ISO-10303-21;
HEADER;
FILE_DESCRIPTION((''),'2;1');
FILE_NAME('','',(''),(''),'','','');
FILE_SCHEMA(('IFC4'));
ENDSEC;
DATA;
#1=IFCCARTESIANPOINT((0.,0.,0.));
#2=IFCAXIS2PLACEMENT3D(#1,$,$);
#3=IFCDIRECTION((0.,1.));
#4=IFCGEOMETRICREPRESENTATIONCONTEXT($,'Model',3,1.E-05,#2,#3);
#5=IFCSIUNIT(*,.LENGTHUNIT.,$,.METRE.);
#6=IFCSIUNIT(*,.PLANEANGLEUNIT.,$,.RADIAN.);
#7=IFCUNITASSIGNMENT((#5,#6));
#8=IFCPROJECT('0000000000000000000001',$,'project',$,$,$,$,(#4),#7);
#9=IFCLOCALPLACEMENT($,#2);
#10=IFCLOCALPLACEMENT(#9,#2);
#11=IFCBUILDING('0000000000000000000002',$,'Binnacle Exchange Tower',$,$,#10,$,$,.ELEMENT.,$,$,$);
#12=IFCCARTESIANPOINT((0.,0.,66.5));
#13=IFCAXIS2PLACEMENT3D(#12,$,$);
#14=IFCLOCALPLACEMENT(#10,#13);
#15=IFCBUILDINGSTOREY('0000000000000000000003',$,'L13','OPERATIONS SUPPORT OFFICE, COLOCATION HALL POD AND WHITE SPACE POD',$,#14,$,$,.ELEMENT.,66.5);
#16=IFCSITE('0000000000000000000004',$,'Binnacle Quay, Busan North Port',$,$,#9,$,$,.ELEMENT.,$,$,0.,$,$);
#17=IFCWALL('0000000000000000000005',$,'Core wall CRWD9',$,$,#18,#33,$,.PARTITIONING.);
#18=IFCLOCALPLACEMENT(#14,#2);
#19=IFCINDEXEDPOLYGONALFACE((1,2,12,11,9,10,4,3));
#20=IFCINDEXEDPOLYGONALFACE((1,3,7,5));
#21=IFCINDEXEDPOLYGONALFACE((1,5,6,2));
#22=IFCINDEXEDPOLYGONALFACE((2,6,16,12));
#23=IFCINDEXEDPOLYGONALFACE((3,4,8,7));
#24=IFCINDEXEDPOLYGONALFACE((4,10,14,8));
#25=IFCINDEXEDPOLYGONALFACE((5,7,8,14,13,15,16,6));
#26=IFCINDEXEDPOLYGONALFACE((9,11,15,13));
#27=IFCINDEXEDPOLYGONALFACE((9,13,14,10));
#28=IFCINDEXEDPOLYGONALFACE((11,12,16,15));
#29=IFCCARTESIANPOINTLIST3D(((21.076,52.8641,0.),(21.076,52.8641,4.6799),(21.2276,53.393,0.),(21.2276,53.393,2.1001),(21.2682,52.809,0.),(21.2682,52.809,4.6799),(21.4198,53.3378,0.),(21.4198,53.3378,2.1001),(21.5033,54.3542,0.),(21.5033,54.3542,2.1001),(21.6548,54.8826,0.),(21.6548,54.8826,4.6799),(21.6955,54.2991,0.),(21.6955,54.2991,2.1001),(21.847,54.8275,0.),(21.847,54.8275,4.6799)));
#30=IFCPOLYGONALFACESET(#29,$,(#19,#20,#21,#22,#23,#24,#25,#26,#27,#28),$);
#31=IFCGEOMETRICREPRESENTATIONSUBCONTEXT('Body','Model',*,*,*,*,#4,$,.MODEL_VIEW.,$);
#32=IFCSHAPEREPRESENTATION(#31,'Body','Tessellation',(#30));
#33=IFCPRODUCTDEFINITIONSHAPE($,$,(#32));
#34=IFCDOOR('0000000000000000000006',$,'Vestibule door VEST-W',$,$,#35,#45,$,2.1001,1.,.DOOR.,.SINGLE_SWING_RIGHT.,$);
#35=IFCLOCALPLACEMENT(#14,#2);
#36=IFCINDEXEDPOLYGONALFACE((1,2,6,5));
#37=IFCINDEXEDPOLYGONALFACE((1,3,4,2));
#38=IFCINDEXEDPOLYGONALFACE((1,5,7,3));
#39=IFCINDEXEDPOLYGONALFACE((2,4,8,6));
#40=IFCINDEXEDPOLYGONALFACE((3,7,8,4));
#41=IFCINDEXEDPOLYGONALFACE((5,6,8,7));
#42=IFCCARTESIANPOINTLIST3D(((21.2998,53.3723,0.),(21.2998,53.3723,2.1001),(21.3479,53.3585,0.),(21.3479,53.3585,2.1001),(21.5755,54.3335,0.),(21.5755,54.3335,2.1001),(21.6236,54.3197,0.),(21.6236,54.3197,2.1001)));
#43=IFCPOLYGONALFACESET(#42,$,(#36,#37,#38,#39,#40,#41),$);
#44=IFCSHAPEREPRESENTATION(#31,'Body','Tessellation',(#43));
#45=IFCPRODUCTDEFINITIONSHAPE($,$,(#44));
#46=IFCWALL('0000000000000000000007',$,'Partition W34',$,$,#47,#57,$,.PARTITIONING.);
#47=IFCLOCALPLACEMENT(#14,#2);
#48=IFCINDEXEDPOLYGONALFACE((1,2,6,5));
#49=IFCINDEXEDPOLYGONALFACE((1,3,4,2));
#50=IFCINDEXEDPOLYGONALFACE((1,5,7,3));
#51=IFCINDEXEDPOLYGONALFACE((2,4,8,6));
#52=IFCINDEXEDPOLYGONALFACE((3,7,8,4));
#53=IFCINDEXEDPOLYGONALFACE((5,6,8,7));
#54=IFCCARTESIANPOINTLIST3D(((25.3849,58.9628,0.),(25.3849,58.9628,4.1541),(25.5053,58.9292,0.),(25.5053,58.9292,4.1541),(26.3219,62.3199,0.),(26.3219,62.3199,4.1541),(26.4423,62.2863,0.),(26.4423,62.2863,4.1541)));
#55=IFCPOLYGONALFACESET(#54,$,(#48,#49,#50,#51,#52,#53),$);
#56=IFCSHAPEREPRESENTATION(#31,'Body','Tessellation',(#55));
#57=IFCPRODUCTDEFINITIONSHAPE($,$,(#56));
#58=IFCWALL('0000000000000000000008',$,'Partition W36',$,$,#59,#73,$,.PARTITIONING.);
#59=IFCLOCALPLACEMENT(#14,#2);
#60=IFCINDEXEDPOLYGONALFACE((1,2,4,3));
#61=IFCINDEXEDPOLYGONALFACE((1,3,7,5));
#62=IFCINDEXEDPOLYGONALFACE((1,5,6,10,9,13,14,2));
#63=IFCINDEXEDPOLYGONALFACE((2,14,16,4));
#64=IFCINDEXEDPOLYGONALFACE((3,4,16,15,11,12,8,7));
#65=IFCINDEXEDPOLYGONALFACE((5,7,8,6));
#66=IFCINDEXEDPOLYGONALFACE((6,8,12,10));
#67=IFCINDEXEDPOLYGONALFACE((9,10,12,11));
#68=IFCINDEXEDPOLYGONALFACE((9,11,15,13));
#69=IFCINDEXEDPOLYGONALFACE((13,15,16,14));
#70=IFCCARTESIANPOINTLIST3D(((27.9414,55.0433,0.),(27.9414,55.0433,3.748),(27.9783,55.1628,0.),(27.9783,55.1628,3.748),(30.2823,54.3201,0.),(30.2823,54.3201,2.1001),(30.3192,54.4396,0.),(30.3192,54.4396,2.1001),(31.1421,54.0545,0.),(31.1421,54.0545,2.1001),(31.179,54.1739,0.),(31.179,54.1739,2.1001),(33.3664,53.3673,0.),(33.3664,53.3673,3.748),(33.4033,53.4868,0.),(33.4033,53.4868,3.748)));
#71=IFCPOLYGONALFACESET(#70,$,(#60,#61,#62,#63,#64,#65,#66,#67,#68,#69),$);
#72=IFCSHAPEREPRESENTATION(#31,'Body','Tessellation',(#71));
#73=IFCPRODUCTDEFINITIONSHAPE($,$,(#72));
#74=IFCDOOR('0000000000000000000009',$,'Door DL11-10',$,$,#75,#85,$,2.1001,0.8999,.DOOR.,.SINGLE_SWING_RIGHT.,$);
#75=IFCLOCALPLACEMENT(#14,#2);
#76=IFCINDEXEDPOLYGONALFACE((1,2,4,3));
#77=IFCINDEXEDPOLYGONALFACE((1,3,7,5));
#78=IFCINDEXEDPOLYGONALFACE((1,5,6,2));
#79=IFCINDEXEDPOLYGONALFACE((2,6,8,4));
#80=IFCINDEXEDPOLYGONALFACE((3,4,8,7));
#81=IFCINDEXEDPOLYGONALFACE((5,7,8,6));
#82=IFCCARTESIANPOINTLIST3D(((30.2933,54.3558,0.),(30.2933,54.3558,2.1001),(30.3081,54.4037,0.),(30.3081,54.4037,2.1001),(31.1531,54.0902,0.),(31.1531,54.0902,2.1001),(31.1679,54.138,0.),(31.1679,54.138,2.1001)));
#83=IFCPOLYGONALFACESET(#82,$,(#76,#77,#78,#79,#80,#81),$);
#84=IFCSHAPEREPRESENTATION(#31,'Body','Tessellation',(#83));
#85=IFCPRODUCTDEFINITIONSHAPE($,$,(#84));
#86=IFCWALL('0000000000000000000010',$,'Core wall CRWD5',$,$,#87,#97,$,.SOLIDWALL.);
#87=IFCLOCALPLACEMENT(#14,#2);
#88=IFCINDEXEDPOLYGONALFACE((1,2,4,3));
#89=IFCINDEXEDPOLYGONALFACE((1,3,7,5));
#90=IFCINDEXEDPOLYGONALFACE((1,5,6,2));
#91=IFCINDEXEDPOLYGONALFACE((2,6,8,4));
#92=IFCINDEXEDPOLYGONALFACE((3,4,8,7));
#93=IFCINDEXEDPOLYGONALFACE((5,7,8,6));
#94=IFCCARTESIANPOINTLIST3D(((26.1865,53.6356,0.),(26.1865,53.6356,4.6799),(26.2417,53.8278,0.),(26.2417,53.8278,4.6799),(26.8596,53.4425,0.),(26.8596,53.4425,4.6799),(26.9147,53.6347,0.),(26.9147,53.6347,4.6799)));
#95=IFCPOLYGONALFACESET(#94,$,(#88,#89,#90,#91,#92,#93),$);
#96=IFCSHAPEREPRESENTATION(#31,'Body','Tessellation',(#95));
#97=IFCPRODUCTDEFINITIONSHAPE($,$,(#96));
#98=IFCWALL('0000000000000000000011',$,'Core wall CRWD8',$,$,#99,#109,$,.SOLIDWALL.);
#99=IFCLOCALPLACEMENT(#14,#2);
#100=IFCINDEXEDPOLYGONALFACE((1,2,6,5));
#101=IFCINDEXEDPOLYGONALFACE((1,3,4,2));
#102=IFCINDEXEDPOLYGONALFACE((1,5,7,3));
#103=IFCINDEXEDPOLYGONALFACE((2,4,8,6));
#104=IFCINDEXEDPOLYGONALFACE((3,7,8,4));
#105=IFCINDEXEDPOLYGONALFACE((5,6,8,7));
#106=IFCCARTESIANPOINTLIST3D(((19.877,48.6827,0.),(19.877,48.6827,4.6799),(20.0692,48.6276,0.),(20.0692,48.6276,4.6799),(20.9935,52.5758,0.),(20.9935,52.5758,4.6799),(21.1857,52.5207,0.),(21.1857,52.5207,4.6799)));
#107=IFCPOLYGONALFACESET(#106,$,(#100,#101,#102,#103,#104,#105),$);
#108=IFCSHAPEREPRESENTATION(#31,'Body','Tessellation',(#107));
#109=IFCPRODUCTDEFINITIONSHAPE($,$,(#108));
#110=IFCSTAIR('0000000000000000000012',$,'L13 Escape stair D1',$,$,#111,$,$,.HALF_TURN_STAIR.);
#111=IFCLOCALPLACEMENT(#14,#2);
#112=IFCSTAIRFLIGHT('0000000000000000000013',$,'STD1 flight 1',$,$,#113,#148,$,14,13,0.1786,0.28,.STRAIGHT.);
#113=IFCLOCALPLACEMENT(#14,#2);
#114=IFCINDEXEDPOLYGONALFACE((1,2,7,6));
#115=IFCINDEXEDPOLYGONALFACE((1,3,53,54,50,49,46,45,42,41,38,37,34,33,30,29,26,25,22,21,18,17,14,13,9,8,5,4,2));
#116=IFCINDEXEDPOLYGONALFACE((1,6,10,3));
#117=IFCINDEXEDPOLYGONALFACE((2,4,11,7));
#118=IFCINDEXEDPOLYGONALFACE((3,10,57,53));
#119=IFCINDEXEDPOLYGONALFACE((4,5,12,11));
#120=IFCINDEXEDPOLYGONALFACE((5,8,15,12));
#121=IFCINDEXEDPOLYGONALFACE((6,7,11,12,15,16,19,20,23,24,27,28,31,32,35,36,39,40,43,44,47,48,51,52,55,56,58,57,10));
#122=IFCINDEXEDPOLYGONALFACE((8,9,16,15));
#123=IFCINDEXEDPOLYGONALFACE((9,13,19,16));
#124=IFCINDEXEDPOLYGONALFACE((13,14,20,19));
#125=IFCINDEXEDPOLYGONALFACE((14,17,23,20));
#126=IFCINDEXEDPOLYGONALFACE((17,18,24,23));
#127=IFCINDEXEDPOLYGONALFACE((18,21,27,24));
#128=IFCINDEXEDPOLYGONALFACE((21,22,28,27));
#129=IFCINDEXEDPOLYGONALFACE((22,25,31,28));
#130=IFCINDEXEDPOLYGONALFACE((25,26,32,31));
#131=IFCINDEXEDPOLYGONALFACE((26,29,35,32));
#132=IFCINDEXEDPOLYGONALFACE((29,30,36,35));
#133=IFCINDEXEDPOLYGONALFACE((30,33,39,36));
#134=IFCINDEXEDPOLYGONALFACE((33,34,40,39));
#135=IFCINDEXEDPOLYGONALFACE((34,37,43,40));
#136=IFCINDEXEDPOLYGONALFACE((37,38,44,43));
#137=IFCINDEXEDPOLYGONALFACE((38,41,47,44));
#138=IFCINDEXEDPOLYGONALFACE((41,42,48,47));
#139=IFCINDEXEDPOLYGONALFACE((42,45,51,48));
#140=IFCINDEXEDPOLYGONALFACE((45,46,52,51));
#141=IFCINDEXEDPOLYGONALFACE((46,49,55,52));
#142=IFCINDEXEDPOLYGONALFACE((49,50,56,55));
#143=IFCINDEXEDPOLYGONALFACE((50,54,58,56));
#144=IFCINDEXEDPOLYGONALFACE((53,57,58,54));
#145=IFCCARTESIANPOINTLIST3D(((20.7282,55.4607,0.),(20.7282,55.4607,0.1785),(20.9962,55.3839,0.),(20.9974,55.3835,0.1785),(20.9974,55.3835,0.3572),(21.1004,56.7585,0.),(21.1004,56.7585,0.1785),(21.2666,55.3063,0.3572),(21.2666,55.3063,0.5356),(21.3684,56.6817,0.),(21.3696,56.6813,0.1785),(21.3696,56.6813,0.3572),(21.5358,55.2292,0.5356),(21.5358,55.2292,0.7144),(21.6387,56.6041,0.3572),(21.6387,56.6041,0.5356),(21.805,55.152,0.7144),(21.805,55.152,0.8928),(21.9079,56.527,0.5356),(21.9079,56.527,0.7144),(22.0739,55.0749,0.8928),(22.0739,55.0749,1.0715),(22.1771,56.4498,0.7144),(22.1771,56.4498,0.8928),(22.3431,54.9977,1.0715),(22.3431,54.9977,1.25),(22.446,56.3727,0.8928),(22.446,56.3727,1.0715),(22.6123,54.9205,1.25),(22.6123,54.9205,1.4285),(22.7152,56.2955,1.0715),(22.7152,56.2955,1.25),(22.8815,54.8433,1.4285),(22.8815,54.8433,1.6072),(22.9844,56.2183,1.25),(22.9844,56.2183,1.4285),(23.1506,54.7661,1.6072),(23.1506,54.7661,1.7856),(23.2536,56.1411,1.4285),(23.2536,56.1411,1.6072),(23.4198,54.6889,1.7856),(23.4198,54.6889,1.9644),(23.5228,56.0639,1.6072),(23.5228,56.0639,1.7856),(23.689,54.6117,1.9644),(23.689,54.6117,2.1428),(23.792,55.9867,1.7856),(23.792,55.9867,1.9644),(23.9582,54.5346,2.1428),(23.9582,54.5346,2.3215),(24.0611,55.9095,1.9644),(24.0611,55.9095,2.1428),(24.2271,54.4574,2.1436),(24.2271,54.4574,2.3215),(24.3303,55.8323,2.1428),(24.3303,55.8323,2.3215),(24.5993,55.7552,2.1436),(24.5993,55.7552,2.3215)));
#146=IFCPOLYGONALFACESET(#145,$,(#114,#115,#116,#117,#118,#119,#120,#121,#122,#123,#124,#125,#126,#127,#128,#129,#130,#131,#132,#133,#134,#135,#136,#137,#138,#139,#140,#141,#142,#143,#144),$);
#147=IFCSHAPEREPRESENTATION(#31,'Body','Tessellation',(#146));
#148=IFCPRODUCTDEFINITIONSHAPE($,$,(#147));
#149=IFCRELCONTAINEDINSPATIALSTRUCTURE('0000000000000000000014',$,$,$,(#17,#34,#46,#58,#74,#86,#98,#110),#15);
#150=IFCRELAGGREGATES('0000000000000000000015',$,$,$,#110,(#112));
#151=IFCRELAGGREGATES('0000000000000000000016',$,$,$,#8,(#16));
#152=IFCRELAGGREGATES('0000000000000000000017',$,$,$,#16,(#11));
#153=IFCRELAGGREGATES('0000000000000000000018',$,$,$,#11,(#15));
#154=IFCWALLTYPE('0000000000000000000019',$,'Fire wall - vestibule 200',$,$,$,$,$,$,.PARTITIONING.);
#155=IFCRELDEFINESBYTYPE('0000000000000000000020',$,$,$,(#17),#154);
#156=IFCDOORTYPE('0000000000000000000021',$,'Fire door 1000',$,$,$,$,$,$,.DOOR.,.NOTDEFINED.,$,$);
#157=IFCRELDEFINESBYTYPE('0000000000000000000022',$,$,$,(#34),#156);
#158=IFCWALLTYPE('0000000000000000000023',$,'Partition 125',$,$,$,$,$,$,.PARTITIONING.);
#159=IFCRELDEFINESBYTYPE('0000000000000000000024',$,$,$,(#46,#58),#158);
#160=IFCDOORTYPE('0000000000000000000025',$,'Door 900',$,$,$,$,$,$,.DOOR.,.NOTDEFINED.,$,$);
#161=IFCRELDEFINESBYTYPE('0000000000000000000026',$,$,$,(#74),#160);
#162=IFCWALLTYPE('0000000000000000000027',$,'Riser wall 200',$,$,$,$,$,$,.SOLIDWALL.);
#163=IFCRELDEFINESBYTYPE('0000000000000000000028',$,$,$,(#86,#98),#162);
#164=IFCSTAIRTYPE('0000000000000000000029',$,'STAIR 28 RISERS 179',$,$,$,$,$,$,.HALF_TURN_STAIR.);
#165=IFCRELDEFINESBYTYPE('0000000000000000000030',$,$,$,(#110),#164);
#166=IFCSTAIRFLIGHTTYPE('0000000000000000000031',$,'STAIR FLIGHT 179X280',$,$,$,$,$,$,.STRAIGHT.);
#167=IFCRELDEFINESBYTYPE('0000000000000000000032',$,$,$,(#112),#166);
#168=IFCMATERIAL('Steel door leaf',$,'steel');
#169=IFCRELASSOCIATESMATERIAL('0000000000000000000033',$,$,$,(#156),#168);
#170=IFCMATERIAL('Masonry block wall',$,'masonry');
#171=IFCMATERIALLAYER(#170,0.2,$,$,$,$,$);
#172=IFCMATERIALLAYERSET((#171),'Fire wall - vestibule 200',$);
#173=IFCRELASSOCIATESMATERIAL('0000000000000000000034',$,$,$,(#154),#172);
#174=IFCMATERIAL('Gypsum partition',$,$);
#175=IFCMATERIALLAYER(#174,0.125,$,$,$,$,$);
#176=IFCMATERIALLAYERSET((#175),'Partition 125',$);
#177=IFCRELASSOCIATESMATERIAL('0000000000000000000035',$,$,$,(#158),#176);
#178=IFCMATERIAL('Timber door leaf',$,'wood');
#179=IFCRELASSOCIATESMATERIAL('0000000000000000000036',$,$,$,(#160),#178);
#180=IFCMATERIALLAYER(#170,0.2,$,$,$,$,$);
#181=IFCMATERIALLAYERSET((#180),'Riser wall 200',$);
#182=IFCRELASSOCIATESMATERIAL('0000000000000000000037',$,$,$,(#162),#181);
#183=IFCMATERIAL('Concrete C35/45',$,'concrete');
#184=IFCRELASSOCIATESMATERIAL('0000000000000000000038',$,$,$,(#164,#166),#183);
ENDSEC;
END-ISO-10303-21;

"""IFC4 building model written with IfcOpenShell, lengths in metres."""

from ifc_helpers import new_model, si_unit, direction, frame, frame_2d, origin, place, context, subcontext, project, spatial, polyline, rectangle, outline, extrude, material, layer, layer_set, type_object, element, fill, aggregate, save


model = new_model("IFC4")

# Units and contexts
model_context = context("Model", 3, precision=1e-05, world=origin(), true_north=direction((0.0, 1.0)))
body_context = subcontext(model_context, "Body", "Model", "MODEL_VIEW")
ifc_project = project(units=[si_unit("LENGTHUNIT", "METRE"), si_unit("PLANEANGLEUNIT", "RADIAN")], contexts=[model_context])

# Site, building, storey
site_placement = place(None, origin())
site = spatial("IfcSite", under=ifc_project, at=site_placement, Name="Binnacle Quay, Busan North Port", CompositionType="ELEMENT", RefElevation=0.0)
building_placement = place(site_placement, origin())
building = spatial("IfcBuilding", under=site, at=building_placement, Name="Binnacle Exchange Tower", CompositionType="ELEMENT")
storey_placement = place(building_placement, frame((0.0, 0.0, 66.5)))
storey = spatial("IfcBuildingStorey", under=building, at=storey_placement, Name="L13", Description="OPERATIONS SUPPORT OFFICE, COLOCATION HALL POD AND WHITE SPACE POD", CompositionType="ELEMENT", Elevation=66.5)

# Shared definitions
ifc_material_1 = material(Name="Steel door leaf", Category="steel")

# Shared definitions
door_type_1 = type_object("IfcDoorType", Name="Fire door 1000", OperationType="NOTDEFINED", PredefinedType="DOOR", material=ifc_material_1)

# Wall, opening, door
ifc_material_2 = material(Name="Masonry block wall", Category="masonry")
ifc_layer_1 = layer(ifc_material_2, 0.2)
ifc_layer_set_1 = layer_set([ifc_layer_1], Name="Fire wall - vestibule 200")
wall_type_1 = type_object("IfcWallType", Name="Fire wall - vestibule 200", PredefinedType="PARTITIONING", material=ifc_layer_set_1)
wall_1_placement = place(storey_placement, frame((21.1721, 52.8367, 0.0), z_axis=(0.0, 0.0, 1.0), x_axis=(0.275658, 0.961256, 0.0)))
wall_1 = element("IfcWall", 1, at=wall_1_placement, inside=storey, type_object=wall_type_1, Name="Core wall CRWD9", PredefinedType="PARTITIONING", context=body_context, shape_type="SweptSolid", body=[
    extrude(rectangle(XDim=2.0999, YDim=0.2, at=frame_2d((1.0498, 0.0))), origin(), (0.0, 0.0, 1.0), 4.6799),
])
opening_1_placement = place(wall_1_placement, frame((0.55, 0.0, 0.0)))
opening_1 = element("IfcOpeningElement", 2, at=opening_1_placement, cuts=wall_1, PredefinedType="OPENING", context=body_context, shape_type="SweptSolid", body=[
    extrude(rectangle(XDim=1.0, YDim=2.1001, at=frame_2d((0.5, 1.05))), frame((0.0, 0.1099, 0.0), z_axis=(0.0, -1.0, 0.0), x_axis=(1.0, 0.0, 0.0)), (0.0, 0.0, 1.0), 0.22),
])
door_1_placement = place(opening_1_placement, origin())
door_1 = element("IfcDoor", 3, at=door_1_placement, inside=storey, type_object=door_type_1, Name="Vestibule door VEST-W", OperationType="SINGLE_SWING_RIGHT", OverallHeight=2.1001, OverallWidth=1.0, PredefinedType="DOOR", context=body_context, shape_type="SweptSolid", body=[
    extrude(rectangle(XDim=1.0, YDim=2.1001, at=frame_2d((0.5, 1.05))), frame((0.0, 0.0249, 0.0), z_axis=(0.0, -1.0, 0.0), x_axis=(1.0, 0.0, 0.0)), (0.0, 0.0, 1.0), 0.05),
])
fill(opening_1, door_1)

# Wall
ifc_material_3 = material(Name="Gypsum partition")
ifc_layer_2 = layer(ifc_material_3, 0.125)
ifc_layer_set_2 = layer_set([ifc_layer_2], Name="Partition 125")
wall_type_2 = type_object("IfcWallType", Name="Partition 125", PredefinedType="PARTITIONING", material=ifc_layer_set_2)
wall_2_placement = place(storey_placement, frame((25.4451, 58.946, 0.0), z_axis=(0.0, 0.0, 1.0), x_axis=(0.26885, 0.963182, 0.0)))
element("IfcWall", 4, at=wall_2_placement, inside=storey, type_object=wall_type_2, Name="Partition W34", PredefinedType="PARTITIONING", context=body_context, shape_type="SweptSolid", body=[
    extrude(rectangle(XDim=3.4854, YDim=0.125, at=frame_2d((1.7427, 0.0))), origin(), (0.0, 0.0, 1.0), 4.1541),
])

# Wall, opening, door
wall_3_placement = place(storey_placement, frame((27.96, 55.103, 0.0), z_axis=(0.0, 0.0, 1.0), x_axis=(0.955443, -0.295176, 0.0)))
wall_3 = element("IfcWall", 5, at=wall_3_placement, inside=storey, type_object=wall_type_2, Name="Partition W36", PredefinedType="PARTITIONING", context=body_context, shape_type="SweptSolid", body=[
    extrude(rectangle(XDim=5.678, YDim=0.125, at=frame_2d((2.8389, 0.0))), origin(), (0.0, 0.0, 1.0), 3.748),
])
opening_2_placement = place(wall_3_placement, frame((2.45, 0.0, 0.0)))
opening_2 = element("IfcOpeningElement", 6, at=opening_2_placement, cuts=wall_3, PredefinedType="OPENING", context=body_context, shape_type="SweptSolid", body=[
    extrude(rectangle(XDim=0.8999, YDim=2.1001, at=frame_2d((0.45, 1.05))), frame((0.0, 0.0725, 0.0), z_axis=(0.0, -1.0, 0.0), x_axis=(1.0, 0.0, 0.0)), (0.0, 0.0, 1.0), 0.145),
])
ifc_material_4 = material(Name="Timber door leaf", Category="wood")
door_type_2 = type_object("IfcDoorType", Name="Door 900", OperationType="NOTDEFINED", PredefinedType="DOOR", material=ifc_material_4)
door_2_placement = place(opening_2_placement, origin())
door_2 = element("IfcDoor", 7, at=door_2_placement, inside=storey, type_object=door_type_2, Name="Door DL11-10", OperationType="SINGLE_SWING_RIGHT", OverallHeight=2.1001, OverallWidth=0.8999, PredefinedType="DOOR", context=body_context, shape_type="SweptSolid", body=[
    extrude(rectangle(XDim=0.8999, YDim=2.1001, at=frame_2d((0.45, 1.05))), frame((0.0, 0.0249, 0.0), z_axis=(0.0, -1.0, 0.0), x_axis=(1.0, 0.0, 0.0)), (0.0, 0.0, 1.0), 0.05),
])
fill(opening_2, door_2)

# Walls
ifc_layer_3 = layer(ifc_material_2, 0.2)
ifc_layer_set_3 = layer_set([ifc_layer_3], Name="Riser wall 200")
wall_type_3 = type_object("IfcWallType", Name="Riser wall 200", PredefinedType="SOLIDWALL", material=ifc_layer_set_3)
wall_4_placement = place(storey_placement, frame((26.2141, 53.7317, 0.0), z_axis=(0.0, 0.0, 1.0), x_axis=(0.961221, -0.27578, 0.0)))
element("IfcWall", 8, at=wall_4_placement, inside=storey, type_object=wall_type_3, Name="Core wall CRWD5", PredefinedType="SOLIDWALL", context=body_context, shape_type="SweptSolid", body=[
    extrude(rectangle(XDim=0.7002, YDim=0.2, at=frame_2d((0.3501, 0.0))), origin(), (0.0, 0.0, 1.0), 4.6799),
])
wall_5_placement = place(storey_placement, frame((19.9731, 48.6553, 0.0), z_axis=(0.0, 0.0, 1.0), x_axis=(0.275668, 0.961253, 0.0)))
element("IfcWall", 9, at=wall_5_placement, inside=storey, type_object=wall_type_3, Name="Core wall CRWD8", PredefinedType="SOLIDWALL", context=body_context, shape_type="SweptSolid", body=[
    extrude(rectangle(XDim=4.05, YDim=0.2, at=frame_2d((2.0249, 0.0))), origin(), (0.0, 0.0, 1.0), 4.6799),
])

# Stair, stair flight
ifc_material_5 = material(Name="Concrete C35/45", Category="concrete")
stair_type = type_object("IfcStairType", Name="STAIR 28 RISERS 179", PredefinedType="HALF_TURN_STAIR", material=ifc_material_5)
stair_placement = place(storey_placement, origin())
stair = element("IfcStair", 10, at=stair_placement, inside=storey, type_object=stair_type, Name="L13 Escape stair D1", PredefinedType="HALF_TURN_STAIR")
stair_flight_type = type_object("IfcStairFlightType", Name="STAIR FLIGHT 179X280", PredefinedType="STRAIGHT", material=ifc_material_5)
stair_flight_1_placement = place(storey_placement, frame((20.9143, 56.1096, 0.0), z_axis=(0.0, 0.0, 1.0), x_axis=(0.961262, -0.275637, 0.0)))
stair_flight_1 = element("IfcStairFlight", 11, at=stair_flight_1_placement, type_object=stair_flight_type, Name="STD1 flight 1", NumberOfRisers=14, NumberOfTreads=13, PredefinedType="STRAIGHT", RiserHeight=0.1786, TreadLength=0.28, context=body_context, shape_type="SweptSolid", body=[
    extrude(outline(polyline([(0.0, 0.0), (0.0, 0.1785), (0.28, 0.1785), (0.28, 0.3572), (0.5601, 0.3572), (0.5601, 0.5356), (0.8401, 0.5356), (0.8401, 0.7144), (1.1201, 0.7144), (1.1201, 0.8928), (1.3999, 0.8928), (1.3999, 1.0715), (1.6799, 1.0715), (1.6799, 1.25), (1.96, 1.25), (1.96, 1.4285), (2.24, 1.4285), (2.24, 1.6072), (2.52, 1.6072), (2.52, 1.7856), (2.8, 1.7856), (2.8, 1.9644), (3.0801, 1.9644), (3.0801, 2.1428), (3.3601, 2.1428), (3.3601, 2.3215), (3.6399, 2.3215), (3.6399, 2.5), (3.6399, 2.1436), (0.2788, 0.0), (0.0, 0.0)])), frame((0.0, 0.675, 0.0), z_axis=(0.0, -1.0, 0.0), x_axis=(1.0, 0.0, 0.0)), (0.0, 0.0, 1.0), 1.3501),
])
aggregate(stair, [stair_flight_1])

save(model, "model.ifc")
